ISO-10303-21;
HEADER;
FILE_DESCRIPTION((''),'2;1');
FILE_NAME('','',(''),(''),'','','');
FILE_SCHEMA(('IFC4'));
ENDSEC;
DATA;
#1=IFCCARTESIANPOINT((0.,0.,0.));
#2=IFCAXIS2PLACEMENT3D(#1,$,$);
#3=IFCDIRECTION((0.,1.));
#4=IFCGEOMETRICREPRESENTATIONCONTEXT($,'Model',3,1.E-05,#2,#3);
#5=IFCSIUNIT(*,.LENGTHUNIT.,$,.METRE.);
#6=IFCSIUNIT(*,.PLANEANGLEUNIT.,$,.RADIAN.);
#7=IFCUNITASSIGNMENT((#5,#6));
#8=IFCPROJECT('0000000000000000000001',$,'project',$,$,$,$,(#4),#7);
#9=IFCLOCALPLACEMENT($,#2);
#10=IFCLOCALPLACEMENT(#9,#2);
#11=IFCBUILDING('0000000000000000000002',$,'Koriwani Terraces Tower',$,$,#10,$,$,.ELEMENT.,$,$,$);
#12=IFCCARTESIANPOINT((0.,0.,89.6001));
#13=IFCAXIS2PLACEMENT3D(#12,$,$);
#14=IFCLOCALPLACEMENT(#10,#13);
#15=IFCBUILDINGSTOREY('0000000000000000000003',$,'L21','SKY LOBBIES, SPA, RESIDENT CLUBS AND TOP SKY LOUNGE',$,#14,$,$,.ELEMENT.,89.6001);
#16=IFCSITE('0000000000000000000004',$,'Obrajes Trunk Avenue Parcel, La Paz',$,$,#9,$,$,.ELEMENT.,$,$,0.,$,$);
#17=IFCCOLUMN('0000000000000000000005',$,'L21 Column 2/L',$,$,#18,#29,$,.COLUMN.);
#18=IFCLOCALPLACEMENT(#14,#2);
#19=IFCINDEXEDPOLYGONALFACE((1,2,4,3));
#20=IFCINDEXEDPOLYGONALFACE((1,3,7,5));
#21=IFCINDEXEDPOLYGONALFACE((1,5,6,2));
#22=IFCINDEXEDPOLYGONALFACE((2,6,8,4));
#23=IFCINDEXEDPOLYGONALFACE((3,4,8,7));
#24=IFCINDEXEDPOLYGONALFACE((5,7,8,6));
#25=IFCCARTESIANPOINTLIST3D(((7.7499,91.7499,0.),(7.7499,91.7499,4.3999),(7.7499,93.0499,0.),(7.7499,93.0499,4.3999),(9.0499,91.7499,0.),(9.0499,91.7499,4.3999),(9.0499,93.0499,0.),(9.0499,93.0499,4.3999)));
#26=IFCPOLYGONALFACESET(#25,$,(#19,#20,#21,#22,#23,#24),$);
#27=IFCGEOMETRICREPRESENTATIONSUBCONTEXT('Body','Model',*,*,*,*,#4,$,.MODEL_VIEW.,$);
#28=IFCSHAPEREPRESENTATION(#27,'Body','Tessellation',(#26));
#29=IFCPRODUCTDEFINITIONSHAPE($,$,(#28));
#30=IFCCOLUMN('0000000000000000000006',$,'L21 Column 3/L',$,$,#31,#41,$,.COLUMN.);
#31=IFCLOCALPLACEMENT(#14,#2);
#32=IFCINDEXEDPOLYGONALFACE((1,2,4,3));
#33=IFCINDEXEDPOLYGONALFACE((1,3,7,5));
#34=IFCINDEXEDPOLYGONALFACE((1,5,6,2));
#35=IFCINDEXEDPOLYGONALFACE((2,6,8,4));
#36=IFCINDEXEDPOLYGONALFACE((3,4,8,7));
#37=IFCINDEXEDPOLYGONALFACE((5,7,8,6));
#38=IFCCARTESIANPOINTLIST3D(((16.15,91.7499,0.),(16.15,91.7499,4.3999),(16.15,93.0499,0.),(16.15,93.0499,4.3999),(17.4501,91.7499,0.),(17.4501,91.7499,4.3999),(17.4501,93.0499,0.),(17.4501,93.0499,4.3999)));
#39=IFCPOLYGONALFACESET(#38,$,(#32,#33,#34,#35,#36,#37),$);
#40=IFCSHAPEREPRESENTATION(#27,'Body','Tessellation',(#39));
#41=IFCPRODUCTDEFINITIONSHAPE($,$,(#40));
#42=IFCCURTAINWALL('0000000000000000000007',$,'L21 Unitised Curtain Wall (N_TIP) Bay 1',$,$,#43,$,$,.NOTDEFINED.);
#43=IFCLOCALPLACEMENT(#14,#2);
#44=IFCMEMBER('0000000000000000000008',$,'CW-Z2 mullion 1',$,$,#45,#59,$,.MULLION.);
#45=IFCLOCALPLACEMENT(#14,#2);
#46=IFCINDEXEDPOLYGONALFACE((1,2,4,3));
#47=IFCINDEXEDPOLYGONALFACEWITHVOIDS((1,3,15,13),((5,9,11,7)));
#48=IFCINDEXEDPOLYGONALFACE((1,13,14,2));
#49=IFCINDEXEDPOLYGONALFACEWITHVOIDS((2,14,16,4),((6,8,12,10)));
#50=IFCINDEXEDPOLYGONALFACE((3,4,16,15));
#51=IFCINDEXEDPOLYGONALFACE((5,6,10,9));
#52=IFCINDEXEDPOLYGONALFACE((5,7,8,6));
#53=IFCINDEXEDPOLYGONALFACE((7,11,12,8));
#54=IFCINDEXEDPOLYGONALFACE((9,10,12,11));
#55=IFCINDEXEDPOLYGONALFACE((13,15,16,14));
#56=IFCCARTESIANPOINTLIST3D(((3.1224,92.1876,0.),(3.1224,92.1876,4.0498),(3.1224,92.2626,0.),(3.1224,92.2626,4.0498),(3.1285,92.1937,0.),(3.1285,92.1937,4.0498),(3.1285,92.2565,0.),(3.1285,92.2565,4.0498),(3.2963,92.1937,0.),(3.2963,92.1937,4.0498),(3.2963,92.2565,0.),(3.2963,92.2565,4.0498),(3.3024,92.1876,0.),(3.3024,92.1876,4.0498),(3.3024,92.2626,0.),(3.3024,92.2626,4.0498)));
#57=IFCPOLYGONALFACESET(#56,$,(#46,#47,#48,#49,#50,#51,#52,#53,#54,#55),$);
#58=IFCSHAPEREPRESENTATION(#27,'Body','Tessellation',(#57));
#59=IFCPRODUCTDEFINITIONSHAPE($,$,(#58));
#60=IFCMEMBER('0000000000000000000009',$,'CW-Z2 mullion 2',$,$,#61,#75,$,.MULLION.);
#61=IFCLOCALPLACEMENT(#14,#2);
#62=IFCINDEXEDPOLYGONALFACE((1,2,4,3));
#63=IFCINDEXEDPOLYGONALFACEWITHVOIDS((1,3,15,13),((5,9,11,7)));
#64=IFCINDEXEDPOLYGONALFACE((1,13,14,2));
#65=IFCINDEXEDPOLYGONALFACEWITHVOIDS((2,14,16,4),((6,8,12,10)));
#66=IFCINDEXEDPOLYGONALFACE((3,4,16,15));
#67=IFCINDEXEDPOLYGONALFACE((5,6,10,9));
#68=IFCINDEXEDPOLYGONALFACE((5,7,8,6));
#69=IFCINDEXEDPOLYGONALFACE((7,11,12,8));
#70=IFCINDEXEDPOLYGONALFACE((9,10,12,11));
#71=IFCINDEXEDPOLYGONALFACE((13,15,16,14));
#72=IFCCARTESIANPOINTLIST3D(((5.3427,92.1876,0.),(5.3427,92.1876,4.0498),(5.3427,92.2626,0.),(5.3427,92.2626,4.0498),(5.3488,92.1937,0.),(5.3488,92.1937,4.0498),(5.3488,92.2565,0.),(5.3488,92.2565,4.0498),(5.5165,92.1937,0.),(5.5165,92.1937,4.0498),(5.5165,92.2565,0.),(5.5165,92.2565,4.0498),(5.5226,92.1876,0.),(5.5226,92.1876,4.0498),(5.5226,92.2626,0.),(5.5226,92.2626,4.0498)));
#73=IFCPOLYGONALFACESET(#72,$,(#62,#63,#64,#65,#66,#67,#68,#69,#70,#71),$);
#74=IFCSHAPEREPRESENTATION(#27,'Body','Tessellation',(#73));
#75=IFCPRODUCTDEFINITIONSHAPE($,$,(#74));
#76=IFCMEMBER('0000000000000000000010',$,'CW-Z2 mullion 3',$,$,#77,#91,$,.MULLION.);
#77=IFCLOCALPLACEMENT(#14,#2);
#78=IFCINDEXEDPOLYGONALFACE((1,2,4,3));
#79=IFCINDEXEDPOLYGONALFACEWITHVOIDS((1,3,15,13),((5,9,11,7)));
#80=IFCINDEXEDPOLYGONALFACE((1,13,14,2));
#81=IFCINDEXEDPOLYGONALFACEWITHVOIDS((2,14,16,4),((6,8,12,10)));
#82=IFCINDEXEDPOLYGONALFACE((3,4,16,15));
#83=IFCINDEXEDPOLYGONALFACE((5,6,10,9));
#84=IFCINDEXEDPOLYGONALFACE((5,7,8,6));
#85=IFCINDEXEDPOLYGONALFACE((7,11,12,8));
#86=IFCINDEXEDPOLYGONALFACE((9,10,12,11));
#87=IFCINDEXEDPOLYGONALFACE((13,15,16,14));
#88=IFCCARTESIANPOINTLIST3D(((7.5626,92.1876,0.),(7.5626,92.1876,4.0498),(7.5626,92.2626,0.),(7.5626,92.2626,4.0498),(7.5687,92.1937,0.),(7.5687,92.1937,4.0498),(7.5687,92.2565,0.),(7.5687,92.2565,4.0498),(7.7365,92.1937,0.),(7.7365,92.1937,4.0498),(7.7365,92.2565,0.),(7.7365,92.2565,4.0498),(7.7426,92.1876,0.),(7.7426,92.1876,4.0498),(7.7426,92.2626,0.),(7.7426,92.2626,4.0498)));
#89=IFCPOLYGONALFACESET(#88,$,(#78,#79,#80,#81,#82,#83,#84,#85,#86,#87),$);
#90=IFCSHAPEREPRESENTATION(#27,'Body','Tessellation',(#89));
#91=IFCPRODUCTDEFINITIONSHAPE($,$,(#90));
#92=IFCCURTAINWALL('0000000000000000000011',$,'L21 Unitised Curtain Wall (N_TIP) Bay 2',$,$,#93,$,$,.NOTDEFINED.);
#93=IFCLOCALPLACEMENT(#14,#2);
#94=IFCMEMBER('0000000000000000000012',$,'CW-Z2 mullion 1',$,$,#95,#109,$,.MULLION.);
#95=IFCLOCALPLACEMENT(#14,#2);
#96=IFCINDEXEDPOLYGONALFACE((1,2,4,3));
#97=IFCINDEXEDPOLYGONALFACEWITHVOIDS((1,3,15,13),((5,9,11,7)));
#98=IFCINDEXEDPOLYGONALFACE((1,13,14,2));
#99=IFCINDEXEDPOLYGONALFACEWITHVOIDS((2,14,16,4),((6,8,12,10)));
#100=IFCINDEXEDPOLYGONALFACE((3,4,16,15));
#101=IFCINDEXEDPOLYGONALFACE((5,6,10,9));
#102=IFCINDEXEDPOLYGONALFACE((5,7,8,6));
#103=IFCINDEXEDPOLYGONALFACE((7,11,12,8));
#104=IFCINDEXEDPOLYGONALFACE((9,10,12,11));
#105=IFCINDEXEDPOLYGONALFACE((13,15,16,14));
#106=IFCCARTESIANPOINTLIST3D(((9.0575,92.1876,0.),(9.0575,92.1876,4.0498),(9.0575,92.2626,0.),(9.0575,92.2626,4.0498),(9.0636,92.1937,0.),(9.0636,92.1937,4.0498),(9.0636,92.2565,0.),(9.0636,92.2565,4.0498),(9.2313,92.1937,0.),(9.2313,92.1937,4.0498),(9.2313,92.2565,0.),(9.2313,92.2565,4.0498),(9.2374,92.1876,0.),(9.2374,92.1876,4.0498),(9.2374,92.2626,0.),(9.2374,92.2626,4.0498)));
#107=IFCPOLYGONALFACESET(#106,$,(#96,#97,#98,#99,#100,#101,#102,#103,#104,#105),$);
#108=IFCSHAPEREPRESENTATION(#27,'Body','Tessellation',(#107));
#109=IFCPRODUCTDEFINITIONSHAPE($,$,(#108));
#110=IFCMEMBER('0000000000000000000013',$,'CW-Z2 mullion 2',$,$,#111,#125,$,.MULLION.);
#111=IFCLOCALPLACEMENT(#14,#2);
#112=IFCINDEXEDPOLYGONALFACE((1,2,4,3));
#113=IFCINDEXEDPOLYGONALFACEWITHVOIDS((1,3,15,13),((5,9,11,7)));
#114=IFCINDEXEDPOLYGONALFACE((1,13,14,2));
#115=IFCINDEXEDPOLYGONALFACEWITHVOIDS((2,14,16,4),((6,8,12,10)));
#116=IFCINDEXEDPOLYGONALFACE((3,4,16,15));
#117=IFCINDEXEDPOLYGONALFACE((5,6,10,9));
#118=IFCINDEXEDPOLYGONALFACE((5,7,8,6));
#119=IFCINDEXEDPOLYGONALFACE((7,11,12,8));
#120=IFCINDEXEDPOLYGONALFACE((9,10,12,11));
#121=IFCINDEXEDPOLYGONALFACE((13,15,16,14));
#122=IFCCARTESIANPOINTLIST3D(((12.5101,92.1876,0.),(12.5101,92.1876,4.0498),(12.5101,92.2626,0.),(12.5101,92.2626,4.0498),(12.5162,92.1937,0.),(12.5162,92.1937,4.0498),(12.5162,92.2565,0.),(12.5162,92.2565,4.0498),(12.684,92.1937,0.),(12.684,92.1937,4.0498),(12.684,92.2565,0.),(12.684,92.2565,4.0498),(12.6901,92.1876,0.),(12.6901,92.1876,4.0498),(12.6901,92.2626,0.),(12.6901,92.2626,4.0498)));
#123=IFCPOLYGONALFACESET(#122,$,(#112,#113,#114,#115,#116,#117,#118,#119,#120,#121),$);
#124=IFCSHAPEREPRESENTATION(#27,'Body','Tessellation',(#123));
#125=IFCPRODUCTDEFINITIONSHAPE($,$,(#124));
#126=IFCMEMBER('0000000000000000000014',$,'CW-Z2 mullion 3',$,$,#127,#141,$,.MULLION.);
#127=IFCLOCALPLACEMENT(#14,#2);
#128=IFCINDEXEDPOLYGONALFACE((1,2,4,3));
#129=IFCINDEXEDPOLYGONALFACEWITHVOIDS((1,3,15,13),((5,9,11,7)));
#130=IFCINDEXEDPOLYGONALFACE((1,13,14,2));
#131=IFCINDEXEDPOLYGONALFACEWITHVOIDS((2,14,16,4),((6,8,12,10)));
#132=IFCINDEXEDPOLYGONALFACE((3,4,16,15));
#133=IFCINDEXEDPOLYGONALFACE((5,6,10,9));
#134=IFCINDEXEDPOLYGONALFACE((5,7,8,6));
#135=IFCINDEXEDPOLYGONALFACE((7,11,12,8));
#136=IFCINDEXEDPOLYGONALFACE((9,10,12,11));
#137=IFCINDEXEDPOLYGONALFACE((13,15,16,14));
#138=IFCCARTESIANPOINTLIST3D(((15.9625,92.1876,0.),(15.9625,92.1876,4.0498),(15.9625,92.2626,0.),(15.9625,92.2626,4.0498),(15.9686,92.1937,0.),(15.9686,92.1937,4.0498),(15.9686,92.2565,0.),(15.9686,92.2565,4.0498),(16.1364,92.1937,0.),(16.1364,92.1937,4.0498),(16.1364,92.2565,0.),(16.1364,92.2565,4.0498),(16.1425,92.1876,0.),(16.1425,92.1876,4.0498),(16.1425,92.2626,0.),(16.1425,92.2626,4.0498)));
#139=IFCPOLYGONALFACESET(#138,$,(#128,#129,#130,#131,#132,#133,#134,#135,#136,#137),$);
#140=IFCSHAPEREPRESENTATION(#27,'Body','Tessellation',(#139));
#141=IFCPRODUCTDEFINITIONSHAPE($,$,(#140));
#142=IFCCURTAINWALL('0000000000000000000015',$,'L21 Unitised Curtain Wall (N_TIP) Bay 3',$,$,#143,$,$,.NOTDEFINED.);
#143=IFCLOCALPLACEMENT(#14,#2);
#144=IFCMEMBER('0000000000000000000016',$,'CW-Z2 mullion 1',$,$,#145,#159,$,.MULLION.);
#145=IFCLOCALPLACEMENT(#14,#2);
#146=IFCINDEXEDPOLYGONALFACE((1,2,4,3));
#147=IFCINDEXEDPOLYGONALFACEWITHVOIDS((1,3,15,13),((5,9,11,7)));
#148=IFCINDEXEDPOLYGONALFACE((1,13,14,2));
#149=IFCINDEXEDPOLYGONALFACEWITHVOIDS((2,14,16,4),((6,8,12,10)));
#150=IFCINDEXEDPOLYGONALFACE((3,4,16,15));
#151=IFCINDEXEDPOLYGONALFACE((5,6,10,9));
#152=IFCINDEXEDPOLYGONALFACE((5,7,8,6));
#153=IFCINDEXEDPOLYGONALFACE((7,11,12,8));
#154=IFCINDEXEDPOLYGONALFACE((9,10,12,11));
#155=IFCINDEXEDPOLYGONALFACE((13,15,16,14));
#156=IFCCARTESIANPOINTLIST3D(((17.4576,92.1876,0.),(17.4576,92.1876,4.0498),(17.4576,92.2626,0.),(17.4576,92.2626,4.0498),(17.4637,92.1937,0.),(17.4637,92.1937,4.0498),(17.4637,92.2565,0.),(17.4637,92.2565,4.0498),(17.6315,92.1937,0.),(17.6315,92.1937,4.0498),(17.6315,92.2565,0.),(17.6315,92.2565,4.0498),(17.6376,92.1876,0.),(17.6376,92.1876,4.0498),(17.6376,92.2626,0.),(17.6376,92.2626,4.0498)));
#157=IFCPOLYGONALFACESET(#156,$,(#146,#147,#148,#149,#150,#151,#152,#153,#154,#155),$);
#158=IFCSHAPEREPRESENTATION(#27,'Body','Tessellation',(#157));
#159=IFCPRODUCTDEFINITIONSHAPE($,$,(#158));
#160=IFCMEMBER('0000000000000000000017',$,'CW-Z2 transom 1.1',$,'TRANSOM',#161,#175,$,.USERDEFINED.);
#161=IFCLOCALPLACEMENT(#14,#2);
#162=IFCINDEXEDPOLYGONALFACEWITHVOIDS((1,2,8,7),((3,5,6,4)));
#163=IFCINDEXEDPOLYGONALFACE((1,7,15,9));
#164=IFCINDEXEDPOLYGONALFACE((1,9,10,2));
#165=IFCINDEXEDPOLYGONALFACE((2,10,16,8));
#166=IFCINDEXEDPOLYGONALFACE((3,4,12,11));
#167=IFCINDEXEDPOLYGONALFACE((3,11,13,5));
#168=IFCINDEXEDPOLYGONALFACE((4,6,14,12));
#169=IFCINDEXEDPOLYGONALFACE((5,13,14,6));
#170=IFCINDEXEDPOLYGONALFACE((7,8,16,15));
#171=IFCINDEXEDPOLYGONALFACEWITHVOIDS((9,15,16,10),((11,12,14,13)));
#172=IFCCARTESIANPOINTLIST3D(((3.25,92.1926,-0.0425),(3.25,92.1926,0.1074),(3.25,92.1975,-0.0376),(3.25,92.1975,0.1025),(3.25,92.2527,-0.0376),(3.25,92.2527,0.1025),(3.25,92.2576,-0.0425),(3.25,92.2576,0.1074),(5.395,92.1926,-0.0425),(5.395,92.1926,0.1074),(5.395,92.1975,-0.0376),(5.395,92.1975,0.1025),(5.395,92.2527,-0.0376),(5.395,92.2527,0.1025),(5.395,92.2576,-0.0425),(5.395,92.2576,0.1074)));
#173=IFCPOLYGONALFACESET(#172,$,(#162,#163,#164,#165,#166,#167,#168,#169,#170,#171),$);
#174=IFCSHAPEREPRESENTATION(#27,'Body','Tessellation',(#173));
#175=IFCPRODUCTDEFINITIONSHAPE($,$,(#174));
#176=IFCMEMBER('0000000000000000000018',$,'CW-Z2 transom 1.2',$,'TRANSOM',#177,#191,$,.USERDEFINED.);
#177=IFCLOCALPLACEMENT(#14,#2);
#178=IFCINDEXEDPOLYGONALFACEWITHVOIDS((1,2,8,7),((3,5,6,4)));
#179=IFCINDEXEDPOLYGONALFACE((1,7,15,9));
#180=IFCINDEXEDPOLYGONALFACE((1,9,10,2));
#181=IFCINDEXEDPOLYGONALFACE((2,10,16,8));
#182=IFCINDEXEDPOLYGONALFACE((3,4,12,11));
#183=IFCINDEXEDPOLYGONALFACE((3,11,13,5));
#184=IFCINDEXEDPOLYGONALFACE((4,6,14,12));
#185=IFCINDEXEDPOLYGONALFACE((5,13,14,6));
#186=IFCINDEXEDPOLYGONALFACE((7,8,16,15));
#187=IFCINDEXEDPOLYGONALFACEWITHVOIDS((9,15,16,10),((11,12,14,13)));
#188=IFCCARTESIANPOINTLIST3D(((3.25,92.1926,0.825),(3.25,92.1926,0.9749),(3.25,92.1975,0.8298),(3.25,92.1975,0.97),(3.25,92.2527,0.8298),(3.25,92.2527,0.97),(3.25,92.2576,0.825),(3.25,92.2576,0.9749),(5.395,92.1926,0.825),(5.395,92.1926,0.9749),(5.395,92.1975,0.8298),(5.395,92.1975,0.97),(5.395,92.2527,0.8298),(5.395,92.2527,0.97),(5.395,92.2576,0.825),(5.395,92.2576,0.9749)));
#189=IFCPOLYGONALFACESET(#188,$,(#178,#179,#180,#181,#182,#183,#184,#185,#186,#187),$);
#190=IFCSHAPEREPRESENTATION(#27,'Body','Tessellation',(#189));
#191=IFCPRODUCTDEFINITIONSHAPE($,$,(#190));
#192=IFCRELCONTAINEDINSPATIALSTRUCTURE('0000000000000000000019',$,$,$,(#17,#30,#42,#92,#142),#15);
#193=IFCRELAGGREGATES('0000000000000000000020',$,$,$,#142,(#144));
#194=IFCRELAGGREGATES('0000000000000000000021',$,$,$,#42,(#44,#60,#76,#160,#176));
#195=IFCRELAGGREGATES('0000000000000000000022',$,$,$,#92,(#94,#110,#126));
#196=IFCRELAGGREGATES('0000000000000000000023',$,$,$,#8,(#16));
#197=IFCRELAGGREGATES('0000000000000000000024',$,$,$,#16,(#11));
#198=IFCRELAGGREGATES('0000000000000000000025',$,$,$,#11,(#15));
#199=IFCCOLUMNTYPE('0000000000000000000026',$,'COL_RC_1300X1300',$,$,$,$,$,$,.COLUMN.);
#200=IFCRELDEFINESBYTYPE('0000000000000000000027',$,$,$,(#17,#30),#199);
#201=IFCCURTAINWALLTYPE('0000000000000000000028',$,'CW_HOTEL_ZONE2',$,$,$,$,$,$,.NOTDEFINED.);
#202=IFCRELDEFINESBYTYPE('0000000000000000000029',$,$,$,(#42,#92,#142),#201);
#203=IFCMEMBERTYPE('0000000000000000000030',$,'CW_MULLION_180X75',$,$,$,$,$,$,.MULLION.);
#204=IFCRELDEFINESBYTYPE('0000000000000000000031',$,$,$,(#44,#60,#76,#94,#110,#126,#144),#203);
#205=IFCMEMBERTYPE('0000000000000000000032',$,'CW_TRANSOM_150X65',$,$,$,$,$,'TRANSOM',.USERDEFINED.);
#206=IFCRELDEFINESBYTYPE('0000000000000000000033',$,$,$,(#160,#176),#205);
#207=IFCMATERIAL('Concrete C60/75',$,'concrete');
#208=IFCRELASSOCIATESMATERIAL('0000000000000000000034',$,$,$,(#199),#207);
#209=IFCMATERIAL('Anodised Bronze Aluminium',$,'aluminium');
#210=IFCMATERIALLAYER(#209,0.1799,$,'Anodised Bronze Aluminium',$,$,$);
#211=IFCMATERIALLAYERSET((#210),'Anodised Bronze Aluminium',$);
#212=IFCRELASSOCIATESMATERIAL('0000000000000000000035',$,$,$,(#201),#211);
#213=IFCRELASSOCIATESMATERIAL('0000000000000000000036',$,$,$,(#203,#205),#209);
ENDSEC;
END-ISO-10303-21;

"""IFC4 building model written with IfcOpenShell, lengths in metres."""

from ifc_helpers import new_model, si_unit, direction, frame, origin, origin_2d, place, context, subcontext, project, spatial, rectangle, hollow_rectangle, extrude, material, layer, layer_set, material_profile, profile_set, type_object, element, aggregate, save


model = new_model("IFC4")

# Units and contexts
model_context = context("Model", 3, precision=1e-05, world=origin(), true_north=direction((0.0, 1.0)))
body_context = subcontext(model_context, "Body", "Model", "MODEL_VIEW")
ifc_project = project(units=[si_unit("LENGTHUNIT", "METRE"), si_unit("PLANEANGLEUNIT", "RADIAN")], contexts=[model_context])

# Site, building, storey
site_placement = place(None, origin())
site = spatial("IfcSite", under=ifc_project, at=site_placement, Name="Obrajes Trunk Avenue Parcel, La Paz", CompositionType="ELEMENT", RefElevation=0.0)
building_placement = place(site_placement, origin())
building = spatial("IfcBuilding", under=site, at=building_placement, Name="Koriwani Terraces Tower", CompositionType="ELEMENT")
storey_placement = place(building_placement, frame((0.0, 0.0, 89.6001)))
storey = spatial("IfcBuildingStorey", under=building, at=storey_placement, Name="L21", Description="SKY LOBBIES, SPA, RESIDENT CLUBS AND TOP SKY LOUNGE", CompositionType="ELEMENT", Elevation=89.6001)

# Columns
ifc_material_1 = material(Name="Concrete C60/75", Category="concrete")
ifc_material_profile_1 = material_profile(ifc_material_1, rectangle(XDim=1.3, YDim=1.3, at=origin_2d()), Name="Concrete C60/75", Category="LoadBearing")
ifc_profile_set_1 = profile_set([ifc_material_profile_1], Name="Concrete C60/75")
column_type = type_object("IfcColumnType", Name="COL_RC_1300X1300", PredefinedType="COLUMN", material=ifc_profile_set_1)
for number, where, z_axis, x_axis, name in (
    (1, (8.3999, 92.3999, 0.0), (0.0, 0.0, 1.0), (1.0, 0.0, 0.0), "L21 Column 2/L"),
    (2, (16.8, 92.3999, 0.0), (0.0, 0.0, 1.0), (1.0, 0.0, 0.0), "L21 Column 3/L"),
):
    element("IfcColumn", number, at=place(storey_placement, frame(where, z_axis=z_axis, x_axis=x_axis)), inside=storey, type_object=column_type, Name=name, PredefinedType="COLUMN", context=body_context, shape_type="SweptSolid", body=[
        extrude(rectangle(XDim=1.3, YDim=1.3, at=origin_2d()), origin(), (0.0, 0.0, 1.0), 4.3999),
    ])

# Curtain walls, members
ifc_material_2 = material(Name="Anodised Bronze Aluminium", Category="aluminium")
ifc_layer_1 = layer(ifc_material_2, 0.1799, Name="Anodised Bronze Aluminium")
ifc_layer_set_1 = layer_set([ifc_layer_1], Name="Anodised Bronze Aluminium")
curtain_wall_type = type_object("IfcCurtainWallType", Name="CW_HOTEL_ZONE2", PredefinedType="NOTDEFINED", material=ifc_layer_set_1)
curtain_wall_1_placement = place(storey_placement, origin())
curtain_wall_1 = element("IfcCurtainWall", 3, at=curtain_wall_1_placement, inside=storey, type_object=curtain_wall_type, Name="L21 Unitised Curtain Wall (N_TIP) Bay 1", PredefinedType="NOTDEFINED")
ifc_material_profile_2 = material_profile(ifc_material_2, hollow_rectangle(XDim=0.075, YDim=0.1799, WallThickness=0.0061, at=origin_2d()), Name="Anodised Bronze Aluminium", Category="LoadBearing")
ifc_profile_set_2 = profile_set([ifc_material_profile_2], Name="Anodised Bronze Aluminium")
member_type_1 = type_object("IfcMemberType", Name="CW_MULLION_180X75", PredefinedType="MULLION", material=ifc_profile_set_2)
member_1_placement = place(storey_placement, frame((3.2124, 92.2251, 0.0), z_axis=(0.0, 0.0, 1.0), x_axis=(0.0, 1.0, 0.0)))
member_1 = element("IfcMember", 4, at=member_1_placement, type_object=member_type_1, Name="CW-Z2 mullion 1", PredefinedType="MULLION", context=body_context, shape_type="SweptSolid", body=[
    extrude(hollow_rectangle(XDim=0.075, YDim=0.1799, WallThickness=0.0061, at=origin_2d()), origin(), (0.0, 0.0, 1.0), 4.0498),
])
member_2_placement = place(storey_placement, frame((5.4326, 92.2251, 0.0), z_axis=(0.0, 0.0, 1.0), x_axis=(0.0, 1.0, 0.0)))
member_2 = element("IfcMember", 5, at=member_2_placement, type_object=member_type_1, Name="CW-Z2 mullion 2", PredefinedType="MULLION", context=body_context, shape_type="SweptSolid", body=[
    extrude(hollow_rectangle(XDim=0.075, YDim=0.1799, WallThickness=0.0061, at=origin_2d()), origin(), (0.0, 0.0, 1.0), 4.0498),
])
member_3_placement = place(storey_placement, frame((7.6526, 92.2251, 0.0), z_axis=(0.0, 0.0, 1.0), x_axis=(0.0, 1.0, 0.0)))
member_3 = element("IfcMember", 6, at=member_3_placement, type_object=member_type_1, Name="CW-Z2 mullion 3", PredefinedType="MULLION", context=body_context, shape_type="SweptSolid", body=[
    extrude(hollow_rectangle(XDim=0.075, YDim=0.1799, WallThickness=0.0061, at=origin_2d()), origin(), (0.0, 0.0, 1.0), 4.0498),
])
curtain_wall_2_placement = place(storey_placement, origin())
curtain_wall_2 = element("IfcCurtainWall", 7, at=curtain_wall_2_placement, inside=storey, type_object=curtain_wall_type, Name="L21 Unitised Curtain Wall (N_TIP) Bay 2", PredefinedType="NOTDEFINED")
member_4_placement = place(storey_placement, frame((9.1475, 92.2251, 0.0), z_axis=(0.0, 0.0, 1.0), x_axis=(0.0, 1.0, 0.0)))
member_4 = element("IfcMember", 8, at=member_4_placement, type_object=member_type_1, Name="CW-Z2 mullion 1", PredefinedType="MULLION", context=body_context, shape_type="SweptSolid", body=[
    extrude(hollow_rectangle(XDim=0.075, YDim=0.1799, WallThickness=0.0061, at=origin_2d()), origin(), (0.0, 0.0, 1.0), 4.0498),
])
member_5_placement = place(storey_placement, frame((12.6001, 92.2251, 0.0), z_axis=(0.0, 0.0, 1.0), x_axis=(0.0, 1.0, 0.0)))
member_5 = element("IfcMember", 9, at=member_5_placement, type_object=member_type_1, Name="CW-Z2 mullion 2", PredefinedType="MULLION", context=body_context, shape_type="SweptSolid", body=[
    extrude(hollow_rectangle(XDim=0.075, YDim=0.1799, WallThickness=0.0061, at=origin_2d()), origin(), (0.0, 0.0, 1.0), 4.0498),
])
member_6_placement = place(storey_placement, frame((16.0525, 92.2251, 0.0), z_axis=(0.0, 0.0, 1.0), x_axis=(0.0, 1.0, 0.0)))
member_6 = element("IfcMember", 10, at=member_6_placement, type_object=member_type_1, Name="CW-Z2 mullion 3", PredefinedType="MULLION", context=body_context, shape_type="SweptSolid", body=[
    extrude(hollow_rectangle(XDim=0.075, YDim=0.1799, WallThickness=0.0061, at=origin_2d()), origin(), (0.0, 0.0, 1.0), 4.0498),
])

# Curtain wall, member
curtain_wall_3_placement = place(storey_placement, origin())
curtain_wall_3 = element("IfcCurtainWall", 11, at=curtain_wall_3_placement, inside=storey, type_object=curtain_wall_type, Name="L21 Unitised Curtain Wall (N_TIP) Bay 3", PredefinedType="NOTDEFINED")
member_7_placement = place(storey_placement, frame((17.5476, 92.2251, 0.0), z_axis=(0.0, 0.0, 1.0), x_axis=(0.0, 1.0, 0.0)))
member_7 = element("IfcMember", 12, at=member_7_placement, type_object=member_type_1, Name="CW-Z2 mullion 1", PredefinedType="MULLION", context=body_context, shape_type="SweptSolid", body=[
    extrude(hollow_rectangle(XDim=0.075, YDim=0.1799, WallThickness=0.0061, at=origin_2d()), origin(), (0.0, 0.0, 1.0), 4.0498),
])
aggregate(curtain_wall_3, [member_7])

# Members
ifc_material_profile_3 = material_profile(ifc_material_2, hollow_rectangle(XDim=0.0649, YDim=0.1499, WallThickness=0.0049, at=origin_2d()), Name="Anodised Bronze Aluminium", Category="LoadBearing")
ifc_profile_set_3 = profile_set([ifc_material_profile_3], Name="Anodised Bronze Aluminium")
member_type_2 = type_object("IfcMemberType", Name="CW_TRANSOM_150X65", ElementType="TRANSOM", PredefinedType="USERDEFINED", material=ifc_profile_set_3)
member_8_placement = place(storey_placement, frame((3.25, 92.2251, 0.0325), z_axis=(1.0, 0.0, 0.0), x_axis=(0.0, 1.0, 0.0)))
member_8 = element("IfcMember", 13, at=member_8_placement, type_object=member_type_2, Name="CW-Z2 transom 1.1", ObjectType="TRANSOM", PredefinedType="USERDEFINED", context=body_context, shape_type="SweptSolid", body=[
    extrude(hollow_rectangle(XDim=0.0649, YDim=0.1499, WallThickness=0.0049, at=origin_2d()), origin(), (0.0, 0.0, 1.0), 2.145),
])
member_9_placement = place(storey_placement, frame((3.25, 92.2251, 0.8999), z_axis=(1.0, 0.0, 0.0), x_axis=(0.0, 1.0, 0.0)))
member_9 = element("IfcMember", 14, at=member_9_placement, type_object=member_type_2, Name="CW-Z2 transom 1.2", ObjectType="TRANSOM", PredefinedType="USERDEFINED", context=body_context, shape_type="SweptSolid", body=[
    extrude(hollow_rectangle(XDim=0.0649, YDim=0.1499, WallThickness=0.0049, at=origin_2d()), origin(), (0.0, 0.0, 1.0), 2.145),
])

aggregate(curtain_wall_1, [member_1, member_2, member_3, member_8, member_9])
aggregate(curtain_wall_2, [member_4, member_5, member_6])

save(model, "model.ifc")
